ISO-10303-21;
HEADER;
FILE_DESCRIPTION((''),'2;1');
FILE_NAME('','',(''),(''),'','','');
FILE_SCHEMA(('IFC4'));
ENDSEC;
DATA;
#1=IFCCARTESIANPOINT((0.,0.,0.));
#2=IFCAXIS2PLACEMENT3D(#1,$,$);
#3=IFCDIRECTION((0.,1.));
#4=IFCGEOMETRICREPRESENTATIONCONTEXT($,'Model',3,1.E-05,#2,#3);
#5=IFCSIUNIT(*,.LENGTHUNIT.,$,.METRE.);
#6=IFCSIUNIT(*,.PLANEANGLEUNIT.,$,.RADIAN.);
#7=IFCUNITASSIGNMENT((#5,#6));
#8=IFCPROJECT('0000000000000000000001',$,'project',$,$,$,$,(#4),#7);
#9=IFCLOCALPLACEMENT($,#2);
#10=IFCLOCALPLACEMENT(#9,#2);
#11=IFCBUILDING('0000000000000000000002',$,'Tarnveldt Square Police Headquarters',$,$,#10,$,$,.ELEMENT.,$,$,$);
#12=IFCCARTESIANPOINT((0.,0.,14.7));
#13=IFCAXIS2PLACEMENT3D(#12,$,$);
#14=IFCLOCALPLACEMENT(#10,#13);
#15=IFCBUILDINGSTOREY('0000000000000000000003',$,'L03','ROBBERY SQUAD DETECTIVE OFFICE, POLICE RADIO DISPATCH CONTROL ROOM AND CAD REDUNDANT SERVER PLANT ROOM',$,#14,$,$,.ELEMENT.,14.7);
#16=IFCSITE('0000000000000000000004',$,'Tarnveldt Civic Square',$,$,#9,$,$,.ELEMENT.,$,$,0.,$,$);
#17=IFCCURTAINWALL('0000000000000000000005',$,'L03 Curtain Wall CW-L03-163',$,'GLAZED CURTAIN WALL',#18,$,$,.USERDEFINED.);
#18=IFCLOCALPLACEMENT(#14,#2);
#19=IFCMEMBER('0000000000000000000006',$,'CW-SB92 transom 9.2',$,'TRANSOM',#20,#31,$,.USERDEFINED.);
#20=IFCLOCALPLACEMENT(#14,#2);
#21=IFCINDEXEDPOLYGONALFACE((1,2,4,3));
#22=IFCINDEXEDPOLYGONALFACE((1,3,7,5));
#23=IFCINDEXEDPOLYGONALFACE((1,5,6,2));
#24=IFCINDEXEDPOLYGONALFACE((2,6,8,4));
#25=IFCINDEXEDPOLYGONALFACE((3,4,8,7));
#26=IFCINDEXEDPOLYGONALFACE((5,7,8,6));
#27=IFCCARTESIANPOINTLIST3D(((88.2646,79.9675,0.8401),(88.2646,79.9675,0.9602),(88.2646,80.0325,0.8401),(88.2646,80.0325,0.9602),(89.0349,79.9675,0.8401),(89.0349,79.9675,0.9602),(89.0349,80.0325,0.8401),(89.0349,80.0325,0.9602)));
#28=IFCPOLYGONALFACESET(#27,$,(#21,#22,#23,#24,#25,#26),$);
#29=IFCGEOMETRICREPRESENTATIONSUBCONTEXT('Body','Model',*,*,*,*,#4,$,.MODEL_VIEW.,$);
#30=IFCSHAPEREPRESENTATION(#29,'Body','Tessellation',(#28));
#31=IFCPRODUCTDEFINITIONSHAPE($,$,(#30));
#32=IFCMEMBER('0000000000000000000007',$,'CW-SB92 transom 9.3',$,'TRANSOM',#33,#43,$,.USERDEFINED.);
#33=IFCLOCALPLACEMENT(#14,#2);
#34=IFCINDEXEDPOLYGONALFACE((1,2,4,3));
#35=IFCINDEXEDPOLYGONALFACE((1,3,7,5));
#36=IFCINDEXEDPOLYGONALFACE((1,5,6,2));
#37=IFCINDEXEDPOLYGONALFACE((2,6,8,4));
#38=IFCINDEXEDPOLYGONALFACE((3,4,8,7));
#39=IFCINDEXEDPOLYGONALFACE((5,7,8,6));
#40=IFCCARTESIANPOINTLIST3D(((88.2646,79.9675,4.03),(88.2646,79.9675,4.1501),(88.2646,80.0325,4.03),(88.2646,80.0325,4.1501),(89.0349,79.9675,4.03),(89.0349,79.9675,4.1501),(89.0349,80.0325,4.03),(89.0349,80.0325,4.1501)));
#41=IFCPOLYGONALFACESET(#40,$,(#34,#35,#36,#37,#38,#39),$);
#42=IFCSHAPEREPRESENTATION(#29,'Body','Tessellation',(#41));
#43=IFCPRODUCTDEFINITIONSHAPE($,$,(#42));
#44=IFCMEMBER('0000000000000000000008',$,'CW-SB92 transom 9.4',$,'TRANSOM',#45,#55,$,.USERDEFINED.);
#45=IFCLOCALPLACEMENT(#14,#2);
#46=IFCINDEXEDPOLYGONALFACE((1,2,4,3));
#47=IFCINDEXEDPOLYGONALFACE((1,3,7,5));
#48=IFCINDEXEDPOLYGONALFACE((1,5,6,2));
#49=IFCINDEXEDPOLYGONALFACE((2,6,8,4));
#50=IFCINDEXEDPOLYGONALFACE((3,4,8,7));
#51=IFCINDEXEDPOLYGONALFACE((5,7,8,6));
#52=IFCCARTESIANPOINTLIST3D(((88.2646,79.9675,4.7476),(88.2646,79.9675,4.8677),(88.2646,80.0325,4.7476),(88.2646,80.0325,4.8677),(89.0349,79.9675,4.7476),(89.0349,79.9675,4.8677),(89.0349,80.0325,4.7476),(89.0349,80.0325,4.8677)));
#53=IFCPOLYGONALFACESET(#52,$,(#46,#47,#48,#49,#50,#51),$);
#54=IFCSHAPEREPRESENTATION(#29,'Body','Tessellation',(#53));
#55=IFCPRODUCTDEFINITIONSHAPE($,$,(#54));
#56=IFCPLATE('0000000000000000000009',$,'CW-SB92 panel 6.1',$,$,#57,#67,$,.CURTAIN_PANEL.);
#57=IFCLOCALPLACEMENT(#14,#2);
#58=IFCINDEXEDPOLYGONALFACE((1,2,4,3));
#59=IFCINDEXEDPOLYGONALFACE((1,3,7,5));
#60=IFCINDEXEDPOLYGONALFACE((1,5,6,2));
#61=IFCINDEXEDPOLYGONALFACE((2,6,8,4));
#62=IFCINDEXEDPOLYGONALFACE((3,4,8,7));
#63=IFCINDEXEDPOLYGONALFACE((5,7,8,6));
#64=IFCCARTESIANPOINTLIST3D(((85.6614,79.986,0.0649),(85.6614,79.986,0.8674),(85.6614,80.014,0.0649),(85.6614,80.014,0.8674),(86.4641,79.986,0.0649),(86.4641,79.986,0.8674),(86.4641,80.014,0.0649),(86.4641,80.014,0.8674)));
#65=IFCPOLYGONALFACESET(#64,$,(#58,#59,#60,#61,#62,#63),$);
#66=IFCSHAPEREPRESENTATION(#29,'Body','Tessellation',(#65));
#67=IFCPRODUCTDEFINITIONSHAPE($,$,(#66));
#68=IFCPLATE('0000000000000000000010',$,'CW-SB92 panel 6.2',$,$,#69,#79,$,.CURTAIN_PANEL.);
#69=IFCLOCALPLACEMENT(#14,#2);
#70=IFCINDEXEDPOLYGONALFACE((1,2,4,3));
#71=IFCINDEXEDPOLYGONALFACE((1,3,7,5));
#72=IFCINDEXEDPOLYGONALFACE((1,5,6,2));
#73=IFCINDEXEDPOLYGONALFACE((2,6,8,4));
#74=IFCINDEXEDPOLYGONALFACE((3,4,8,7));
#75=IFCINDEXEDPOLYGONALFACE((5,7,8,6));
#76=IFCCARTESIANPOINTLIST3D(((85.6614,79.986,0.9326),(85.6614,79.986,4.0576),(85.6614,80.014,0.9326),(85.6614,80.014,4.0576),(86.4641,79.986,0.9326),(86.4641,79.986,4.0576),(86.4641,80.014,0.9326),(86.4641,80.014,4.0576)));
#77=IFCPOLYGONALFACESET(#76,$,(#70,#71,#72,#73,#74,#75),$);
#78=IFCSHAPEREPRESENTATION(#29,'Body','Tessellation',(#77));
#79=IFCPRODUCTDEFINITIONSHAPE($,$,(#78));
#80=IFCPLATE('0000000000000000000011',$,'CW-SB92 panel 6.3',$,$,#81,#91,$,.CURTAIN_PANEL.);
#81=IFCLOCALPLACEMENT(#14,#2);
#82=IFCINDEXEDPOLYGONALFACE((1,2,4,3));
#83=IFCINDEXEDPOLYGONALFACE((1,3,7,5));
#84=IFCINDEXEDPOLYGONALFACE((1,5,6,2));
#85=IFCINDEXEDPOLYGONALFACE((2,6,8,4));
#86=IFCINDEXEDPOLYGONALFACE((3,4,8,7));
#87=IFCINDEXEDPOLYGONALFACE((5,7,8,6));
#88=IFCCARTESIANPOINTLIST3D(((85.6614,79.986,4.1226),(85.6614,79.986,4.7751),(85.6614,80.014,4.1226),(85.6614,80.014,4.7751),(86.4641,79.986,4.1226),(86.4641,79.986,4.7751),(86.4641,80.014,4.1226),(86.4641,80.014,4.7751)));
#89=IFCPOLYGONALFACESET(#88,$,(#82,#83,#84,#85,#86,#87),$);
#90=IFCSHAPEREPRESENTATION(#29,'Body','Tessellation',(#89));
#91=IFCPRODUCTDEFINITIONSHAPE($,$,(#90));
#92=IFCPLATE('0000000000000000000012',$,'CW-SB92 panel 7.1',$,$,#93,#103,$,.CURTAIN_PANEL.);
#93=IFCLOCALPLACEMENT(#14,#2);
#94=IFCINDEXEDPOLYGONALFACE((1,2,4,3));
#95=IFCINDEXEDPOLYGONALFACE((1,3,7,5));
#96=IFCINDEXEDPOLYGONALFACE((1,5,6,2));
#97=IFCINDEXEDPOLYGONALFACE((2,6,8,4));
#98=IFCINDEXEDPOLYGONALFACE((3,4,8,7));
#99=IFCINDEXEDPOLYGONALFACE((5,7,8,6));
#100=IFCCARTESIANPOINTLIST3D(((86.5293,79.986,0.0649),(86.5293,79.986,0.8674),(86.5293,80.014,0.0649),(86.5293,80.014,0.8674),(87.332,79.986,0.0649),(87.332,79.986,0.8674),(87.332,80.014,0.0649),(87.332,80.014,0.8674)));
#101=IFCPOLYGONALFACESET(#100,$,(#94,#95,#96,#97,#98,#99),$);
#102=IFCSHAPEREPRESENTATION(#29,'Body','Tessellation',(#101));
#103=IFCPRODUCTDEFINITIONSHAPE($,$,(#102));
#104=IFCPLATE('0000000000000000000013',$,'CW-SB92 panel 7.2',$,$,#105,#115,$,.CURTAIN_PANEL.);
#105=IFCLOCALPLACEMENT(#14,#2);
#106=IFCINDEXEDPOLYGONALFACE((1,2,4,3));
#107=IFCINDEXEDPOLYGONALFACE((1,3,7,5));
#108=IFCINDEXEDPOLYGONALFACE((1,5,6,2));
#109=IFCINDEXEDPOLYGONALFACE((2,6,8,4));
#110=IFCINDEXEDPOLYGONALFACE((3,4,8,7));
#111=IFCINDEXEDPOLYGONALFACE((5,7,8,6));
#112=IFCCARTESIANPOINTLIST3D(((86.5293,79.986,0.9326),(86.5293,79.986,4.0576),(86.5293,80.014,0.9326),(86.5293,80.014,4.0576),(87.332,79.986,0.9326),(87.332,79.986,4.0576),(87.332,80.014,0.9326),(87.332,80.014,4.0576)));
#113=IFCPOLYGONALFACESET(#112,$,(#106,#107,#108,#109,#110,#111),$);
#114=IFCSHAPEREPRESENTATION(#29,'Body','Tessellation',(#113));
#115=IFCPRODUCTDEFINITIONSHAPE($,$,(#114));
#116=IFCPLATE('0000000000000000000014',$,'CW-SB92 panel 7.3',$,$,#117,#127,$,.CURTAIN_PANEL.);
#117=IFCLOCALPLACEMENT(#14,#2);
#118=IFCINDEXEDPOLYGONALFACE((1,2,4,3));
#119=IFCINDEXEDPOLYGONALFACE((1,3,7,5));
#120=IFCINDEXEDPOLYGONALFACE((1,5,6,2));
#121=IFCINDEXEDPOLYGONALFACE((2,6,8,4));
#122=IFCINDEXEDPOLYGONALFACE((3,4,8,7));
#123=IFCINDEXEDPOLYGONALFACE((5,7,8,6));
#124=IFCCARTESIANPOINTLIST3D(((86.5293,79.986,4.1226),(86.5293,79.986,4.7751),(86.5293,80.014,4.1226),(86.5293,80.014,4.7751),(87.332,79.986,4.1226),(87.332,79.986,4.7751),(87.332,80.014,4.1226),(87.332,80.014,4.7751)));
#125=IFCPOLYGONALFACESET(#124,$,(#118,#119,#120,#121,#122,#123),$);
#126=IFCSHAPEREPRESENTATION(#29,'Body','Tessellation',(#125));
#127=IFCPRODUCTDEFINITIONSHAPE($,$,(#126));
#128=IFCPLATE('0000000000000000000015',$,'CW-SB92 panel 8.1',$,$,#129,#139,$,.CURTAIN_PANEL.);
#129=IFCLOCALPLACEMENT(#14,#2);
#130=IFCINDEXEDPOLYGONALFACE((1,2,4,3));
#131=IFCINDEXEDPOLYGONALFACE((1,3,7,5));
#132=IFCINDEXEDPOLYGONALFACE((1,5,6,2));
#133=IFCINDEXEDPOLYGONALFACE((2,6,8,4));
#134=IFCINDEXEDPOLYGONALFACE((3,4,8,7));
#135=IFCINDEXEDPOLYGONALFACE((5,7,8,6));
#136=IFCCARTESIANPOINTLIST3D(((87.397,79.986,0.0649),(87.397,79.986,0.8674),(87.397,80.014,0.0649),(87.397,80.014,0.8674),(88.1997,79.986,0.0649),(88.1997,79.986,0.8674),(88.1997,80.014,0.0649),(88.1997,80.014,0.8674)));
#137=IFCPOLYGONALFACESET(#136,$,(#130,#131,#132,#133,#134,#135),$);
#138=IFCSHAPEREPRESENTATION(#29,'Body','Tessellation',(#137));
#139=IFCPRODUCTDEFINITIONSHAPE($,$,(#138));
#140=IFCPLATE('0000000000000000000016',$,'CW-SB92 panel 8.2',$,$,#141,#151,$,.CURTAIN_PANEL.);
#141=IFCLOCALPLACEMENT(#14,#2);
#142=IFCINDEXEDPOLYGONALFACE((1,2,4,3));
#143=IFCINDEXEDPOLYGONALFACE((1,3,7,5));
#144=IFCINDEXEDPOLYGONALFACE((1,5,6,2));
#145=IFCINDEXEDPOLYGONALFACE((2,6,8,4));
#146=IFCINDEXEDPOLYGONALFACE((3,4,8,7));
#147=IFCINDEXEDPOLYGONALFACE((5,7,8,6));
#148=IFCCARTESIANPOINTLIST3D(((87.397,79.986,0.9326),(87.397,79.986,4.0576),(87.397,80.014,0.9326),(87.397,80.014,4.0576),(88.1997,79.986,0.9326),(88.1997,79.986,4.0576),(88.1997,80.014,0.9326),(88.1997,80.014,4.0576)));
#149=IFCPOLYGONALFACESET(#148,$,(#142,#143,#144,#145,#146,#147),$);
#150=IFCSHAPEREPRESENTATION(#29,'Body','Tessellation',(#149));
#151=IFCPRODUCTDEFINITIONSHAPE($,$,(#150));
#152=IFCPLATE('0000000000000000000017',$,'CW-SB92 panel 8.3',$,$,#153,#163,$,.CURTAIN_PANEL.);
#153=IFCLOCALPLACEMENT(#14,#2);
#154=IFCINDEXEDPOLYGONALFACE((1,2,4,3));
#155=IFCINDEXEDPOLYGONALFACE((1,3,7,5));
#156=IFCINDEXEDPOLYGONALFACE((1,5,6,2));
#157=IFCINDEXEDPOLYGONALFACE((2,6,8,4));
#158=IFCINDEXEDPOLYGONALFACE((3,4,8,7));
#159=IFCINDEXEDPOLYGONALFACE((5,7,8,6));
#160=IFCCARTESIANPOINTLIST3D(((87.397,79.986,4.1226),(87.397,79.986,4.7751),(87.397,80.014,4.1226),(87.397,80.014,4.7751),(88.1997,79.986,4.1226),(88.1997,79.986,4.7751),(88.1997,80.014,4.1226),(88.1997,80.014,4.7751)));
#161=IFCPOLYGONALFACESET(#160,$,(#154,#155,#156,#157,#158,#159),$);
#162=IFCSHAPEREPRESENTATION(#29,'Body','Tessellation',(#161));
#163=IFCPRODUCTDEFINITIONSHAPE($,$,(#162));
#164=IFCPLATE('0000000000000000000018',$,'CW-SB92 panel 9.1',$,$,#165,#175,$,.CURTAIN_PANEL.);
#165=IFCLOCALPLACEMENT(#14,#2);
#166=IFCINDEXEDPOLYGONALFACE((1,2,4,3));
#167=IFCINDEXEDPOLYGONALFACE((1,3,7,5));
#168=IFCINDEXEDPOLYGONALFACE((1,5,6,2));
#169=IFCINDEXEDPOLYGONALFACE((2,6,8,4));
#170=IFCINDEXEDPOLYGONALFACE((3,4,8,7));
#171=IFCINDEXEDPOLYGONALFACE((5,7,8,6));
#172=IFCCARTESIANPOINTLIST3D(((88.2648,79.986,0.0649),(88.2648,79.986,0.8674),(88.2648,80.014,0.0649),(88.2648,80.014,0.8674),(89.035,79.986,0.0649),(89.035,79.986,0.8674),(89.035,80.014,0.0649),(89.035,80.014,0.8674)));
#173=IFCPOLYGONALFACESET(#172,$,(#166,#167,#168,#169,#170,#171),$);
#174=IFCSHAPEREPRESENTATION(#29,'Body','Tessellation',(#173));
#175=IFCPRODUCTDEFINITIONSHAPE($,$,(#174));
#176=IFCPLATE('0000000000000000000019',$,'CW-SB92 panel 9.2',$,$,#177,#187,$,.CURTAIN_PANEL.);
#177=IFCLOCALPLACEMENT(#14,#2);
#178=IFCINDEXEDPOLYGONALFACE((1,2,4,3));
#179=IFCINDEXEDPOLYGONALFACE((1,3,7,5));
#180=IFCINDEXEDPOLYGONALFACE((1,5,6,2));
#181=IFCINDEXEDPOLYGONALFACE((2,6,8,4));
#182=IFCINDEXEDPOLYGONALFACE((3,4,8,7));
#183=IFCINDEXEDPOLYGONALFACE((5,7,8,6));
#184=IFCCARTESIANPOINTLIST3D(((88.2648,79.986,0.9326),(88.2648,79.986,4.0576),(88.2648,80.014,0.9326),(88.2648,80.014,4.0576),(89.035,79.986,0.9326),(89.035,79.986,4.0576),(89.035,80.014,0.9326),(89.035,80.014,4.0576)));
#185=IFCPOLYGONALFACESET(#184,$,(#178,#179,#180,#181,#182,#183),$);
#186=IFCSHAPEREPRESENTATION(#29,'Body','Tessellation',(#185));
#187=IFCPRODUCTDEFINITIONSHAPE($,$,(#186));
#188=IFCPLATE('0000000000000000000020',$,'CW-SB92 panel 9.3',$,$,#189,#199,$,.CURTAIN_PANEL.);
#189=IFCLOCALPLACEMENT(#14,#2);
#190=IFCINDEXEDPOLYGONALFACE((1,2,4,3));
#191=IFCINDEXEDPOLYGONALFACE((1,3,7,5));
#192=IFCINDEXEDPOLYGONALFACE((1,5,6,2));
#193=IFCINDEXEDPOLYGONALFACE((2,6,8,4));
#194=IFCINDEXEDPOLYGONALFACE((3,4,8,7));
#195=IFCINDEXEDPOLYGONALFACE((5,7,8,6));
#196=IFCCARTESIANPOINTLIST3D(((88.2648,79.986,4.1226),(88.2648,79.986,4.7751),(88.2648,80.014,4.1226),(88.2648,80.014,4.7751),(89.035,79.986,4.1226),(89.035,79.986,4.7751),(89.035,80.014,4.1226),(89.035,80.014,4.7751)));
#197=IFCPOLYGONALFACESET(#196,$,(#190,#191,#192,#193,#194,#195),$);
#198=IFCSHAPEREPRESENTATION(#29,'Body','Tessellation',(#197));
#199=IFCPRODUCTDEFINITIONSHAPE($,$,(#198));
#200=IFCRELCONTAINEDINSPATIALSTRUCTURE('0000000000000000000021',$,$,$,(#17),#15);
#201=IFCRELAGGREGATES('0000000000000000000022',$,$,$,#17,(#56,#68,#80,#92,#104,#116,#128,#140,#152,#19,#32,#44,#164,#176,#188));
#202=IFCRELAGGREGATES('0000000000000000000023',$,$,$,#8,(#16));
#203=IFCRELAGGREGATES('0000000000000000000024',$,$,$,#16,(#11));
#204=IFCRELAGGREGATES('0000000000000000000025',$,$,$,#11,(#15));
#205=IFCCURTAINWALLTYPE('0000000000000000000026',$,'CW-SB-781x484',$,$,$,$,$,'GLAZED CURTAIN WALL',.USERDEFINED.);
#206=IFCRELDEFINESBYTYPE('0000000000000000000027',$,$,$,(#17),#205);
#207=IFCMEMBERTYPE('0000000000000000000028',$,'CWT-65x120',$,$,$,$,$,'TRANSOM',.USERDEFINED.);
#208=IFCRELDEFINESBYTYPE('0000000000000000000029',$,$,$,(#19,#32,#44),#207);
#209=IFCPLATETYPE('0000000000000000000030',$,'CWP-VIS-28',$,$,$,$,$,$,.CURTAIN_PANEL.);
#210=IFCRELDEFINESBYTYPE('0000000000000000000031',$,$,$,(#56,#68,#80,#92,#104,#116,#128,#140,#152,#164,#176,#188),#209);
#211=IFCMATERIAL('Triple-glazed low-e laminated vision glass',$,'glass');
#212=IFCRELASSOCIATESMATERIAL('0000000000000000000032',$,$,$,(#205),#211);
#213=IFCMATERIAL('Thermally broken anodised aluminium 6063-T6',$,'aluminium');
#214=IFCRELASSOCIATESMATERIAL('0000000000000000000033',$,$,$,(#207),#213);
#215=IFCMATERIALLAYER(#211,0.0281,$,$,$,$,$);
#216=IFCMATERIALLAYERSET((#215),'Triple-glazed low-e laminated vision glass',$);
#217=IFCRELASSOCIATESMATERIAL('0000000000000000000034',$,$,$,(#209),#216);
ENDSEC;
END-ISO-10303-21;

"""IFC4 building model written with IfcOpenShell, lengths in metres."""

from ifc_helpers import new_model, si_unit, direction, frame, origin, origin_2d, place, context, subcontext, project, spatial, rectangle, extrude, material, layer, layer_set, material_profile, profile_set, type_object, element, aggregate, save


model = new_model("IFC4")

# Units and contexts
model_context = context("Model", 3, precision=1e-05, world=origin(), true_north=direction((0.0, 1.0)))
body_context = subcontext(model_context, "Body", "Model", "MODEL_VIEW")
ifc_project = project(units=[si_unit("LENGTHUNIT", "METRE"), si_unit("PLANEANGLEUNIT", "RADIAN")], contexts=[model_context])

# Site, building, storey
site_placement = place(None, origin())
site = spatial("IfcSite", under=ifc_project, at=site_placement, Name="Tarnveldt Civic Square", CompositionType="ELEMENT", RefElevation=0.0)
building_placement = place(site_placement, origin())
building = spatial("IfcBuilding", under=site, at=building_placement, Name="Tarnveldt Square Police Headquarters", CompositionType="ELEMENT")
storey_placement = place(building_placement, frame((0.0, 0.0, 14.7)))
storey = spatial("IfcBuildingStorey", under=building, at=storey_placement, Name="L03", Description="ROBBERY SQUAD DETECTIVE OFFICE, POLICE RADIO DISPATCH CONTROL ROOM AND CAD REDUNDANT SERVER PLANT ROOM", CompositionType="ELEMENT", Elevation=14.7)

# Curtain wall, members, plates
ifc_material_1 = material(Name="Triple-glazed low-e laminated vision glass", Category="glass")
curtain_wall_type = type_object("IfcCurtainWallType", Name="CW-SB-781x484", ElementType="GLAZED CURTAIN WALL", PredefinedType="USERDEFINED", material=ifc_material_1)
curtain_wall_placement = place(storey_placement, origin())
curtain_wall = element("IfcCurtainWall", 1, at=curtain_wall_placement, inside=storey, type_object=curtain_wall_type, Name="L03 Curtain Wall CW-L03-163", ObjectType="GLAZED CURTAIN WALL", PredefinedType="USERDEFINED")
ifc_material_2 = material(Name="Thermally broken anodised aluminium 6063-T6", Category="aluminium")
ifc_material_profile_1 = material_profile(ifc_material_2, rectangle(XDim=0.0649, YDim=0.1201, at=origin_2d()), Name="CW-T65x120")
ifc_profile_set_1 = profile_set([ifc_material_profile_1], Name="Thermally broken anodised aluminium 6063-T6")
member_type_1 = type_object("IfcMemberType", Name="CWT-65x120", ElementType="TRANSOM", PredefinedType="USERDEFINED", material=ifc_profile_set_1)
member_1_placement = place(storey_placement, frame((88.2646, 80.0, 0.9001), z_axis=(1.0, 0.0, 0.0), x_axis=(0.0, 1.0, 0.0)))
member_1 = element("IfcMember", 2, at=member_1_placement, type_object=member_type_1, Name="CW-SB92 transom 9.2", ObjectType="TRANSOM", PredefinedType="USERDEFINED", context=body_context, shape_type="SweptSolid", body=[
    extrude(rectangle(XDim=0.0649, YDim=0.1201, at=origin_2d()), origin(), (0.0, 0.0, 1.0), 0.7703),
])
member_2_placement = place(storey_placement, frame((88.2646, 80.0, 4.0901), z_axis=(1.0, 0.0, 0.0), x_axis=(0.0, 1.0, 0.0)))
member_2 = element("IfcMember", 3, at=member_2_placement, type_object=member_type_1, Name="CW-SB92 transom 9.3", ObjectType="TRANSOM", PredefinedType="USERDEFINED", context=body_context, shape_type="SweptSolid", body=[
    extrude(rectangle(XDim=0.0649, YDim=0.1201, at=origin_2d()), origin(), (0.0, 0.0, 1.0), 0.7703),
])
member_3_placement = place(storey_placement, frame((88.2646, 80.0, 4.8076), z_axis=(1.0, 0.0, 0.0), x_axis=(0.0, 1.0, 0.0)))
member_3 = element("IfcMember", 4, at=member_3_placement, type_object=member_type_1, Name="CW-SB92 transom 9.4", ObjectType="TRANSOM", PredefinedType="USERDEFINED", context=body_context, shape_type="SweptSolid", body=[
    extrude(rectangle(XDim=0.0649, YDim=0.1201, at=origin_2d()), origin(), (0.0, 0.0, 1.0), 0.7703),
])
ifc_layer = layer(ifc_material_1, 0.0281)
ifc_layer_set = layer_set([ifc_layer], Name="Triple-glazed low-e laminated vision glass")
plate_type = type_object("IfcPlateType", Name="CWP-VIS-28", PredefinedType="CURTAIN_PANEL", material=ifc_layer_set)
plate_1_placement = place(storey_placement, frame((86.0627, 80.0, 0.0649), z_axis=(0.0, 0.0, 1.0), x_axis=(1.0, 0.0, 0.0)))
plate_1 = element("IfcPlate", 5, at=plate_1_placement, type_object=plate_type, Name="CW-SB92 panel 6.1", PredefinedType="CURTAIN_PANEL", context=body_context, shape_type="SweptSolid", body=[
    extrude(rectangle(XDim=0.8027, YDim=0.0281, at=origin_2d()), origin(), (0.0, 0.0, 1.0), 0.8025),
])
plate_2_placement = place(storey_placement, frame((86.0627, 80.0, 0.9326), z_axis=(0.0, 0.0, 1.0), x_axis=(1.0, 0.0, 0.0)))
plate_2 = element("IfcPlate", 6, at=plate_2_placement, type_object=plate_type, Name="CW-SB92 panel 6.2", PredefinedType="CURTAIN_PANEL", context=body_context, shape_type="SweptSolid", body=[
    extrude(rectangle(XDim=0.8027, YDim=0.0281, at=origin_2d()), origin(), (0.0, 0.0, 1.0), 3.125),
])
plate_3_placement = place(storey_placement, frame((86.0627, 80.0, 4.1226), z_axis=(0.0, 0.0, 1.0), x_axis=(1.0, 0.0, 0.0)))
plate_3 = element("IfcPlate", 7, at=plate_3_placement, type_object=plate_type, Name="CW-SB92 panel 6.3", PredefinedType="CURTAIN_PANEL", context=body_context, shape_type="SweptSolid", body=[
    extrude(rectangle(XDim=0.8027, YDim=0.0281, at=origin_2d()), origin(), (0.0, 0.0, 1.0), 0.6526),
])
plate_4_placement = place(storey_placement, frame((86.9307, 80.0, 0.0649), z_axis=(0.0, 0.0, 1.0), x_axis=(1.0, 0.0, 0.0)))
plate_4 = element("IfcPlate", 8, at=plate_4_placement, type_object=plate_type, Name="CW-SB92 panel 7.1", PredefinedType="CURTAIN_PANEL", context=body_context, shape_type="SweptSolid", body=[
    extrude(rectangle(XDim=0.8027, YDim=0.0281, at=origin_2d()), origin(), (0.0, 0.0, 1.0), 0.8025),
])
plate_5_placement = place(storey_placement, frame((86.9307, 80.0, 0.9326), z_axis=(0.0, 0.0, 1.0), x_axis=(1.0, 0.0, 0.0)))
plate_5 = element("IfcPlate", 9, at=plate_5_placement, type_object=plate_type, Name="CW-SB92 panel 7.2", PredefinedType="CURTAIN_PANEL", context=body_context, shape_type="SweptSolid", body=[
    extrude(rectangle(XDim=0.8027, YDim=0.0281, at=origin_2d()), origin(), (0.0, 0.0, 1.0), 3.125),
])
plate_6_placement = place(storey_placement, frame((86.9307, 80.0, 4.1226), z_axis=(0.0, 0.0, 1.0), x_axis=(1.0, 0.0, 0.0)))
plate_6 = element("IfcPlate", 10, at=plate_6_placement, type_object=plate_type, Name="CW-SB92 panel 7.3", PredefinedType="CURTAIN_PANEL", context=body_context, shape_type="SweptSolid", body=[
    extrude(rectangle(XDim=0.8027, YDim=0.0281, at=origin_2d()), origin(), (0.0, 0.0, 1.0), 0.6526),
])
plate_7_placement = place(storey_placement, frame((87.7983, 80.0, 0.0649), z_axis=(0.0, 0.0, 1.0), x_axis=(1.0, 0.0, 0.0)))
plate_7 = element("IfcPlate", 11, at=plate_7_placement, type_object=plate_type, Name="CW-SB92 panel 8.1", PredefinedType="CURTAIN_PANEL", context=body_context, shape_type="SweptSolid", body=[
    extrude(rectangle(XDim=0.8027, YDim=0.0281, at=origin_2d()), origin(), (0.0, 0.0, 1.0), 0.8025),
])
plate_8_placement = place(storey_placement, frame((87.7983, 80.0, 0.9326), z_axis=(0.0, 0.0, 1.0), x_axis=(1.0, 0.0, 0.0)))
plate_8 = element("IfcPlate", 12, at=plate_8_placement, type_object=plate_type, Name="CW-SB92 panel 8.2", PredefinedType="CURTAIN_PANEL", context=body_context, shape_type="SweptSolid", body=[
    extrude(rectangle(XDim=0.8027, YDim=0.0281, at=origin_2d()), origin(), (0.0, 0.0, 1.0), 3.125),
])
plate_9_placement = place(storey_placement, frame((87.7983, 80.0, 4.1226), z_axis=(0.0, 0.0, 1.0), x_axis=(1.0, 0.0, 0.0)))
plate_9 = element("IfcPlate", 13, at=plate_9_placement, type_object=plate_type, Name="CW-SB92 panel 8.3", PredefinedType="CURTAIN_PANEL", context=body_context, shape_type="SweptSolid", body=[
    extrude(rectangle(XDim=0.8027, YDim=0.0281, at=origin_2d()), origin(), (0.0, 0.0, 1.0), 0.6526),
])
plate_10_placement = place(storey_placement, frame((88.6499, 80.0, 0.0649), z_axis=(0.0, 0.0, 1.0), x_axis=(1.0, 0.0, 0.0)))
plate_10 = element("IfcPlate", 14, at=plate_10_placement, type_object=plate_type, Name="CW-SB92 panel 9.1", PredefinedType="CURTAIN_PANEL", context=body_context, shape_type="SweptSolid", body=[
    extrude(rectangle(XDim=0.7703, YDim=0.0281, at=origin_2d()), origin(), (0.0, 0.0, 1.0), 0.8025),
])
plate_11_placement = place(storey_placement, frame((88.6499, 80.0, 0.9326), z_axis=(0.0, 0.0, 1.0), x_axis=(1.0, 0.0, 0.0)))
plate_11 = element("IfcPlate", 15, at=plate_11_placement, type_object=plate_type, Name="CW-SB92 panel 9.2", PredefinedType="CURTAIN_PANEL", context=body_context, shape_type="SweptSolid", body=[
    extrude(rectangle(XDim=0.7703, YDim=0.0281, at=origin_2d()), origin(), (0.0, 0.0, 1.0), 3.125),
])
plate_12_placement = place(storey_placement, frame((88.6499, 80.0, 4.1226), z_axis=(0.0, 0.0, 1.0), x_axis=(1.0, 0.0, 0.0)))
plate_12 = element("IfcPlate", 16, at=plate_12_placement, type_object=plate_type, Name="CW-SB92 panel 9.3", PredefinedType="CURTAIN_PANEL", context=body_context, shape_type="SweptSolid", body=[
    extrude(rectangle(XDim=0.7703, YDim=0.0281, at=origin_2d()), origin(), (0.0, 0.0, 1.0), 0.6526),
])
aggregate(curtain_wall, [plate_1, plate_2, plate_3, plate_4, plate_5, plate_6, plate_7, plate_8, plate_9, member_1, member_2, member_3, plate_10, plate_11, plate_12])

save(model, "model.ifc")
